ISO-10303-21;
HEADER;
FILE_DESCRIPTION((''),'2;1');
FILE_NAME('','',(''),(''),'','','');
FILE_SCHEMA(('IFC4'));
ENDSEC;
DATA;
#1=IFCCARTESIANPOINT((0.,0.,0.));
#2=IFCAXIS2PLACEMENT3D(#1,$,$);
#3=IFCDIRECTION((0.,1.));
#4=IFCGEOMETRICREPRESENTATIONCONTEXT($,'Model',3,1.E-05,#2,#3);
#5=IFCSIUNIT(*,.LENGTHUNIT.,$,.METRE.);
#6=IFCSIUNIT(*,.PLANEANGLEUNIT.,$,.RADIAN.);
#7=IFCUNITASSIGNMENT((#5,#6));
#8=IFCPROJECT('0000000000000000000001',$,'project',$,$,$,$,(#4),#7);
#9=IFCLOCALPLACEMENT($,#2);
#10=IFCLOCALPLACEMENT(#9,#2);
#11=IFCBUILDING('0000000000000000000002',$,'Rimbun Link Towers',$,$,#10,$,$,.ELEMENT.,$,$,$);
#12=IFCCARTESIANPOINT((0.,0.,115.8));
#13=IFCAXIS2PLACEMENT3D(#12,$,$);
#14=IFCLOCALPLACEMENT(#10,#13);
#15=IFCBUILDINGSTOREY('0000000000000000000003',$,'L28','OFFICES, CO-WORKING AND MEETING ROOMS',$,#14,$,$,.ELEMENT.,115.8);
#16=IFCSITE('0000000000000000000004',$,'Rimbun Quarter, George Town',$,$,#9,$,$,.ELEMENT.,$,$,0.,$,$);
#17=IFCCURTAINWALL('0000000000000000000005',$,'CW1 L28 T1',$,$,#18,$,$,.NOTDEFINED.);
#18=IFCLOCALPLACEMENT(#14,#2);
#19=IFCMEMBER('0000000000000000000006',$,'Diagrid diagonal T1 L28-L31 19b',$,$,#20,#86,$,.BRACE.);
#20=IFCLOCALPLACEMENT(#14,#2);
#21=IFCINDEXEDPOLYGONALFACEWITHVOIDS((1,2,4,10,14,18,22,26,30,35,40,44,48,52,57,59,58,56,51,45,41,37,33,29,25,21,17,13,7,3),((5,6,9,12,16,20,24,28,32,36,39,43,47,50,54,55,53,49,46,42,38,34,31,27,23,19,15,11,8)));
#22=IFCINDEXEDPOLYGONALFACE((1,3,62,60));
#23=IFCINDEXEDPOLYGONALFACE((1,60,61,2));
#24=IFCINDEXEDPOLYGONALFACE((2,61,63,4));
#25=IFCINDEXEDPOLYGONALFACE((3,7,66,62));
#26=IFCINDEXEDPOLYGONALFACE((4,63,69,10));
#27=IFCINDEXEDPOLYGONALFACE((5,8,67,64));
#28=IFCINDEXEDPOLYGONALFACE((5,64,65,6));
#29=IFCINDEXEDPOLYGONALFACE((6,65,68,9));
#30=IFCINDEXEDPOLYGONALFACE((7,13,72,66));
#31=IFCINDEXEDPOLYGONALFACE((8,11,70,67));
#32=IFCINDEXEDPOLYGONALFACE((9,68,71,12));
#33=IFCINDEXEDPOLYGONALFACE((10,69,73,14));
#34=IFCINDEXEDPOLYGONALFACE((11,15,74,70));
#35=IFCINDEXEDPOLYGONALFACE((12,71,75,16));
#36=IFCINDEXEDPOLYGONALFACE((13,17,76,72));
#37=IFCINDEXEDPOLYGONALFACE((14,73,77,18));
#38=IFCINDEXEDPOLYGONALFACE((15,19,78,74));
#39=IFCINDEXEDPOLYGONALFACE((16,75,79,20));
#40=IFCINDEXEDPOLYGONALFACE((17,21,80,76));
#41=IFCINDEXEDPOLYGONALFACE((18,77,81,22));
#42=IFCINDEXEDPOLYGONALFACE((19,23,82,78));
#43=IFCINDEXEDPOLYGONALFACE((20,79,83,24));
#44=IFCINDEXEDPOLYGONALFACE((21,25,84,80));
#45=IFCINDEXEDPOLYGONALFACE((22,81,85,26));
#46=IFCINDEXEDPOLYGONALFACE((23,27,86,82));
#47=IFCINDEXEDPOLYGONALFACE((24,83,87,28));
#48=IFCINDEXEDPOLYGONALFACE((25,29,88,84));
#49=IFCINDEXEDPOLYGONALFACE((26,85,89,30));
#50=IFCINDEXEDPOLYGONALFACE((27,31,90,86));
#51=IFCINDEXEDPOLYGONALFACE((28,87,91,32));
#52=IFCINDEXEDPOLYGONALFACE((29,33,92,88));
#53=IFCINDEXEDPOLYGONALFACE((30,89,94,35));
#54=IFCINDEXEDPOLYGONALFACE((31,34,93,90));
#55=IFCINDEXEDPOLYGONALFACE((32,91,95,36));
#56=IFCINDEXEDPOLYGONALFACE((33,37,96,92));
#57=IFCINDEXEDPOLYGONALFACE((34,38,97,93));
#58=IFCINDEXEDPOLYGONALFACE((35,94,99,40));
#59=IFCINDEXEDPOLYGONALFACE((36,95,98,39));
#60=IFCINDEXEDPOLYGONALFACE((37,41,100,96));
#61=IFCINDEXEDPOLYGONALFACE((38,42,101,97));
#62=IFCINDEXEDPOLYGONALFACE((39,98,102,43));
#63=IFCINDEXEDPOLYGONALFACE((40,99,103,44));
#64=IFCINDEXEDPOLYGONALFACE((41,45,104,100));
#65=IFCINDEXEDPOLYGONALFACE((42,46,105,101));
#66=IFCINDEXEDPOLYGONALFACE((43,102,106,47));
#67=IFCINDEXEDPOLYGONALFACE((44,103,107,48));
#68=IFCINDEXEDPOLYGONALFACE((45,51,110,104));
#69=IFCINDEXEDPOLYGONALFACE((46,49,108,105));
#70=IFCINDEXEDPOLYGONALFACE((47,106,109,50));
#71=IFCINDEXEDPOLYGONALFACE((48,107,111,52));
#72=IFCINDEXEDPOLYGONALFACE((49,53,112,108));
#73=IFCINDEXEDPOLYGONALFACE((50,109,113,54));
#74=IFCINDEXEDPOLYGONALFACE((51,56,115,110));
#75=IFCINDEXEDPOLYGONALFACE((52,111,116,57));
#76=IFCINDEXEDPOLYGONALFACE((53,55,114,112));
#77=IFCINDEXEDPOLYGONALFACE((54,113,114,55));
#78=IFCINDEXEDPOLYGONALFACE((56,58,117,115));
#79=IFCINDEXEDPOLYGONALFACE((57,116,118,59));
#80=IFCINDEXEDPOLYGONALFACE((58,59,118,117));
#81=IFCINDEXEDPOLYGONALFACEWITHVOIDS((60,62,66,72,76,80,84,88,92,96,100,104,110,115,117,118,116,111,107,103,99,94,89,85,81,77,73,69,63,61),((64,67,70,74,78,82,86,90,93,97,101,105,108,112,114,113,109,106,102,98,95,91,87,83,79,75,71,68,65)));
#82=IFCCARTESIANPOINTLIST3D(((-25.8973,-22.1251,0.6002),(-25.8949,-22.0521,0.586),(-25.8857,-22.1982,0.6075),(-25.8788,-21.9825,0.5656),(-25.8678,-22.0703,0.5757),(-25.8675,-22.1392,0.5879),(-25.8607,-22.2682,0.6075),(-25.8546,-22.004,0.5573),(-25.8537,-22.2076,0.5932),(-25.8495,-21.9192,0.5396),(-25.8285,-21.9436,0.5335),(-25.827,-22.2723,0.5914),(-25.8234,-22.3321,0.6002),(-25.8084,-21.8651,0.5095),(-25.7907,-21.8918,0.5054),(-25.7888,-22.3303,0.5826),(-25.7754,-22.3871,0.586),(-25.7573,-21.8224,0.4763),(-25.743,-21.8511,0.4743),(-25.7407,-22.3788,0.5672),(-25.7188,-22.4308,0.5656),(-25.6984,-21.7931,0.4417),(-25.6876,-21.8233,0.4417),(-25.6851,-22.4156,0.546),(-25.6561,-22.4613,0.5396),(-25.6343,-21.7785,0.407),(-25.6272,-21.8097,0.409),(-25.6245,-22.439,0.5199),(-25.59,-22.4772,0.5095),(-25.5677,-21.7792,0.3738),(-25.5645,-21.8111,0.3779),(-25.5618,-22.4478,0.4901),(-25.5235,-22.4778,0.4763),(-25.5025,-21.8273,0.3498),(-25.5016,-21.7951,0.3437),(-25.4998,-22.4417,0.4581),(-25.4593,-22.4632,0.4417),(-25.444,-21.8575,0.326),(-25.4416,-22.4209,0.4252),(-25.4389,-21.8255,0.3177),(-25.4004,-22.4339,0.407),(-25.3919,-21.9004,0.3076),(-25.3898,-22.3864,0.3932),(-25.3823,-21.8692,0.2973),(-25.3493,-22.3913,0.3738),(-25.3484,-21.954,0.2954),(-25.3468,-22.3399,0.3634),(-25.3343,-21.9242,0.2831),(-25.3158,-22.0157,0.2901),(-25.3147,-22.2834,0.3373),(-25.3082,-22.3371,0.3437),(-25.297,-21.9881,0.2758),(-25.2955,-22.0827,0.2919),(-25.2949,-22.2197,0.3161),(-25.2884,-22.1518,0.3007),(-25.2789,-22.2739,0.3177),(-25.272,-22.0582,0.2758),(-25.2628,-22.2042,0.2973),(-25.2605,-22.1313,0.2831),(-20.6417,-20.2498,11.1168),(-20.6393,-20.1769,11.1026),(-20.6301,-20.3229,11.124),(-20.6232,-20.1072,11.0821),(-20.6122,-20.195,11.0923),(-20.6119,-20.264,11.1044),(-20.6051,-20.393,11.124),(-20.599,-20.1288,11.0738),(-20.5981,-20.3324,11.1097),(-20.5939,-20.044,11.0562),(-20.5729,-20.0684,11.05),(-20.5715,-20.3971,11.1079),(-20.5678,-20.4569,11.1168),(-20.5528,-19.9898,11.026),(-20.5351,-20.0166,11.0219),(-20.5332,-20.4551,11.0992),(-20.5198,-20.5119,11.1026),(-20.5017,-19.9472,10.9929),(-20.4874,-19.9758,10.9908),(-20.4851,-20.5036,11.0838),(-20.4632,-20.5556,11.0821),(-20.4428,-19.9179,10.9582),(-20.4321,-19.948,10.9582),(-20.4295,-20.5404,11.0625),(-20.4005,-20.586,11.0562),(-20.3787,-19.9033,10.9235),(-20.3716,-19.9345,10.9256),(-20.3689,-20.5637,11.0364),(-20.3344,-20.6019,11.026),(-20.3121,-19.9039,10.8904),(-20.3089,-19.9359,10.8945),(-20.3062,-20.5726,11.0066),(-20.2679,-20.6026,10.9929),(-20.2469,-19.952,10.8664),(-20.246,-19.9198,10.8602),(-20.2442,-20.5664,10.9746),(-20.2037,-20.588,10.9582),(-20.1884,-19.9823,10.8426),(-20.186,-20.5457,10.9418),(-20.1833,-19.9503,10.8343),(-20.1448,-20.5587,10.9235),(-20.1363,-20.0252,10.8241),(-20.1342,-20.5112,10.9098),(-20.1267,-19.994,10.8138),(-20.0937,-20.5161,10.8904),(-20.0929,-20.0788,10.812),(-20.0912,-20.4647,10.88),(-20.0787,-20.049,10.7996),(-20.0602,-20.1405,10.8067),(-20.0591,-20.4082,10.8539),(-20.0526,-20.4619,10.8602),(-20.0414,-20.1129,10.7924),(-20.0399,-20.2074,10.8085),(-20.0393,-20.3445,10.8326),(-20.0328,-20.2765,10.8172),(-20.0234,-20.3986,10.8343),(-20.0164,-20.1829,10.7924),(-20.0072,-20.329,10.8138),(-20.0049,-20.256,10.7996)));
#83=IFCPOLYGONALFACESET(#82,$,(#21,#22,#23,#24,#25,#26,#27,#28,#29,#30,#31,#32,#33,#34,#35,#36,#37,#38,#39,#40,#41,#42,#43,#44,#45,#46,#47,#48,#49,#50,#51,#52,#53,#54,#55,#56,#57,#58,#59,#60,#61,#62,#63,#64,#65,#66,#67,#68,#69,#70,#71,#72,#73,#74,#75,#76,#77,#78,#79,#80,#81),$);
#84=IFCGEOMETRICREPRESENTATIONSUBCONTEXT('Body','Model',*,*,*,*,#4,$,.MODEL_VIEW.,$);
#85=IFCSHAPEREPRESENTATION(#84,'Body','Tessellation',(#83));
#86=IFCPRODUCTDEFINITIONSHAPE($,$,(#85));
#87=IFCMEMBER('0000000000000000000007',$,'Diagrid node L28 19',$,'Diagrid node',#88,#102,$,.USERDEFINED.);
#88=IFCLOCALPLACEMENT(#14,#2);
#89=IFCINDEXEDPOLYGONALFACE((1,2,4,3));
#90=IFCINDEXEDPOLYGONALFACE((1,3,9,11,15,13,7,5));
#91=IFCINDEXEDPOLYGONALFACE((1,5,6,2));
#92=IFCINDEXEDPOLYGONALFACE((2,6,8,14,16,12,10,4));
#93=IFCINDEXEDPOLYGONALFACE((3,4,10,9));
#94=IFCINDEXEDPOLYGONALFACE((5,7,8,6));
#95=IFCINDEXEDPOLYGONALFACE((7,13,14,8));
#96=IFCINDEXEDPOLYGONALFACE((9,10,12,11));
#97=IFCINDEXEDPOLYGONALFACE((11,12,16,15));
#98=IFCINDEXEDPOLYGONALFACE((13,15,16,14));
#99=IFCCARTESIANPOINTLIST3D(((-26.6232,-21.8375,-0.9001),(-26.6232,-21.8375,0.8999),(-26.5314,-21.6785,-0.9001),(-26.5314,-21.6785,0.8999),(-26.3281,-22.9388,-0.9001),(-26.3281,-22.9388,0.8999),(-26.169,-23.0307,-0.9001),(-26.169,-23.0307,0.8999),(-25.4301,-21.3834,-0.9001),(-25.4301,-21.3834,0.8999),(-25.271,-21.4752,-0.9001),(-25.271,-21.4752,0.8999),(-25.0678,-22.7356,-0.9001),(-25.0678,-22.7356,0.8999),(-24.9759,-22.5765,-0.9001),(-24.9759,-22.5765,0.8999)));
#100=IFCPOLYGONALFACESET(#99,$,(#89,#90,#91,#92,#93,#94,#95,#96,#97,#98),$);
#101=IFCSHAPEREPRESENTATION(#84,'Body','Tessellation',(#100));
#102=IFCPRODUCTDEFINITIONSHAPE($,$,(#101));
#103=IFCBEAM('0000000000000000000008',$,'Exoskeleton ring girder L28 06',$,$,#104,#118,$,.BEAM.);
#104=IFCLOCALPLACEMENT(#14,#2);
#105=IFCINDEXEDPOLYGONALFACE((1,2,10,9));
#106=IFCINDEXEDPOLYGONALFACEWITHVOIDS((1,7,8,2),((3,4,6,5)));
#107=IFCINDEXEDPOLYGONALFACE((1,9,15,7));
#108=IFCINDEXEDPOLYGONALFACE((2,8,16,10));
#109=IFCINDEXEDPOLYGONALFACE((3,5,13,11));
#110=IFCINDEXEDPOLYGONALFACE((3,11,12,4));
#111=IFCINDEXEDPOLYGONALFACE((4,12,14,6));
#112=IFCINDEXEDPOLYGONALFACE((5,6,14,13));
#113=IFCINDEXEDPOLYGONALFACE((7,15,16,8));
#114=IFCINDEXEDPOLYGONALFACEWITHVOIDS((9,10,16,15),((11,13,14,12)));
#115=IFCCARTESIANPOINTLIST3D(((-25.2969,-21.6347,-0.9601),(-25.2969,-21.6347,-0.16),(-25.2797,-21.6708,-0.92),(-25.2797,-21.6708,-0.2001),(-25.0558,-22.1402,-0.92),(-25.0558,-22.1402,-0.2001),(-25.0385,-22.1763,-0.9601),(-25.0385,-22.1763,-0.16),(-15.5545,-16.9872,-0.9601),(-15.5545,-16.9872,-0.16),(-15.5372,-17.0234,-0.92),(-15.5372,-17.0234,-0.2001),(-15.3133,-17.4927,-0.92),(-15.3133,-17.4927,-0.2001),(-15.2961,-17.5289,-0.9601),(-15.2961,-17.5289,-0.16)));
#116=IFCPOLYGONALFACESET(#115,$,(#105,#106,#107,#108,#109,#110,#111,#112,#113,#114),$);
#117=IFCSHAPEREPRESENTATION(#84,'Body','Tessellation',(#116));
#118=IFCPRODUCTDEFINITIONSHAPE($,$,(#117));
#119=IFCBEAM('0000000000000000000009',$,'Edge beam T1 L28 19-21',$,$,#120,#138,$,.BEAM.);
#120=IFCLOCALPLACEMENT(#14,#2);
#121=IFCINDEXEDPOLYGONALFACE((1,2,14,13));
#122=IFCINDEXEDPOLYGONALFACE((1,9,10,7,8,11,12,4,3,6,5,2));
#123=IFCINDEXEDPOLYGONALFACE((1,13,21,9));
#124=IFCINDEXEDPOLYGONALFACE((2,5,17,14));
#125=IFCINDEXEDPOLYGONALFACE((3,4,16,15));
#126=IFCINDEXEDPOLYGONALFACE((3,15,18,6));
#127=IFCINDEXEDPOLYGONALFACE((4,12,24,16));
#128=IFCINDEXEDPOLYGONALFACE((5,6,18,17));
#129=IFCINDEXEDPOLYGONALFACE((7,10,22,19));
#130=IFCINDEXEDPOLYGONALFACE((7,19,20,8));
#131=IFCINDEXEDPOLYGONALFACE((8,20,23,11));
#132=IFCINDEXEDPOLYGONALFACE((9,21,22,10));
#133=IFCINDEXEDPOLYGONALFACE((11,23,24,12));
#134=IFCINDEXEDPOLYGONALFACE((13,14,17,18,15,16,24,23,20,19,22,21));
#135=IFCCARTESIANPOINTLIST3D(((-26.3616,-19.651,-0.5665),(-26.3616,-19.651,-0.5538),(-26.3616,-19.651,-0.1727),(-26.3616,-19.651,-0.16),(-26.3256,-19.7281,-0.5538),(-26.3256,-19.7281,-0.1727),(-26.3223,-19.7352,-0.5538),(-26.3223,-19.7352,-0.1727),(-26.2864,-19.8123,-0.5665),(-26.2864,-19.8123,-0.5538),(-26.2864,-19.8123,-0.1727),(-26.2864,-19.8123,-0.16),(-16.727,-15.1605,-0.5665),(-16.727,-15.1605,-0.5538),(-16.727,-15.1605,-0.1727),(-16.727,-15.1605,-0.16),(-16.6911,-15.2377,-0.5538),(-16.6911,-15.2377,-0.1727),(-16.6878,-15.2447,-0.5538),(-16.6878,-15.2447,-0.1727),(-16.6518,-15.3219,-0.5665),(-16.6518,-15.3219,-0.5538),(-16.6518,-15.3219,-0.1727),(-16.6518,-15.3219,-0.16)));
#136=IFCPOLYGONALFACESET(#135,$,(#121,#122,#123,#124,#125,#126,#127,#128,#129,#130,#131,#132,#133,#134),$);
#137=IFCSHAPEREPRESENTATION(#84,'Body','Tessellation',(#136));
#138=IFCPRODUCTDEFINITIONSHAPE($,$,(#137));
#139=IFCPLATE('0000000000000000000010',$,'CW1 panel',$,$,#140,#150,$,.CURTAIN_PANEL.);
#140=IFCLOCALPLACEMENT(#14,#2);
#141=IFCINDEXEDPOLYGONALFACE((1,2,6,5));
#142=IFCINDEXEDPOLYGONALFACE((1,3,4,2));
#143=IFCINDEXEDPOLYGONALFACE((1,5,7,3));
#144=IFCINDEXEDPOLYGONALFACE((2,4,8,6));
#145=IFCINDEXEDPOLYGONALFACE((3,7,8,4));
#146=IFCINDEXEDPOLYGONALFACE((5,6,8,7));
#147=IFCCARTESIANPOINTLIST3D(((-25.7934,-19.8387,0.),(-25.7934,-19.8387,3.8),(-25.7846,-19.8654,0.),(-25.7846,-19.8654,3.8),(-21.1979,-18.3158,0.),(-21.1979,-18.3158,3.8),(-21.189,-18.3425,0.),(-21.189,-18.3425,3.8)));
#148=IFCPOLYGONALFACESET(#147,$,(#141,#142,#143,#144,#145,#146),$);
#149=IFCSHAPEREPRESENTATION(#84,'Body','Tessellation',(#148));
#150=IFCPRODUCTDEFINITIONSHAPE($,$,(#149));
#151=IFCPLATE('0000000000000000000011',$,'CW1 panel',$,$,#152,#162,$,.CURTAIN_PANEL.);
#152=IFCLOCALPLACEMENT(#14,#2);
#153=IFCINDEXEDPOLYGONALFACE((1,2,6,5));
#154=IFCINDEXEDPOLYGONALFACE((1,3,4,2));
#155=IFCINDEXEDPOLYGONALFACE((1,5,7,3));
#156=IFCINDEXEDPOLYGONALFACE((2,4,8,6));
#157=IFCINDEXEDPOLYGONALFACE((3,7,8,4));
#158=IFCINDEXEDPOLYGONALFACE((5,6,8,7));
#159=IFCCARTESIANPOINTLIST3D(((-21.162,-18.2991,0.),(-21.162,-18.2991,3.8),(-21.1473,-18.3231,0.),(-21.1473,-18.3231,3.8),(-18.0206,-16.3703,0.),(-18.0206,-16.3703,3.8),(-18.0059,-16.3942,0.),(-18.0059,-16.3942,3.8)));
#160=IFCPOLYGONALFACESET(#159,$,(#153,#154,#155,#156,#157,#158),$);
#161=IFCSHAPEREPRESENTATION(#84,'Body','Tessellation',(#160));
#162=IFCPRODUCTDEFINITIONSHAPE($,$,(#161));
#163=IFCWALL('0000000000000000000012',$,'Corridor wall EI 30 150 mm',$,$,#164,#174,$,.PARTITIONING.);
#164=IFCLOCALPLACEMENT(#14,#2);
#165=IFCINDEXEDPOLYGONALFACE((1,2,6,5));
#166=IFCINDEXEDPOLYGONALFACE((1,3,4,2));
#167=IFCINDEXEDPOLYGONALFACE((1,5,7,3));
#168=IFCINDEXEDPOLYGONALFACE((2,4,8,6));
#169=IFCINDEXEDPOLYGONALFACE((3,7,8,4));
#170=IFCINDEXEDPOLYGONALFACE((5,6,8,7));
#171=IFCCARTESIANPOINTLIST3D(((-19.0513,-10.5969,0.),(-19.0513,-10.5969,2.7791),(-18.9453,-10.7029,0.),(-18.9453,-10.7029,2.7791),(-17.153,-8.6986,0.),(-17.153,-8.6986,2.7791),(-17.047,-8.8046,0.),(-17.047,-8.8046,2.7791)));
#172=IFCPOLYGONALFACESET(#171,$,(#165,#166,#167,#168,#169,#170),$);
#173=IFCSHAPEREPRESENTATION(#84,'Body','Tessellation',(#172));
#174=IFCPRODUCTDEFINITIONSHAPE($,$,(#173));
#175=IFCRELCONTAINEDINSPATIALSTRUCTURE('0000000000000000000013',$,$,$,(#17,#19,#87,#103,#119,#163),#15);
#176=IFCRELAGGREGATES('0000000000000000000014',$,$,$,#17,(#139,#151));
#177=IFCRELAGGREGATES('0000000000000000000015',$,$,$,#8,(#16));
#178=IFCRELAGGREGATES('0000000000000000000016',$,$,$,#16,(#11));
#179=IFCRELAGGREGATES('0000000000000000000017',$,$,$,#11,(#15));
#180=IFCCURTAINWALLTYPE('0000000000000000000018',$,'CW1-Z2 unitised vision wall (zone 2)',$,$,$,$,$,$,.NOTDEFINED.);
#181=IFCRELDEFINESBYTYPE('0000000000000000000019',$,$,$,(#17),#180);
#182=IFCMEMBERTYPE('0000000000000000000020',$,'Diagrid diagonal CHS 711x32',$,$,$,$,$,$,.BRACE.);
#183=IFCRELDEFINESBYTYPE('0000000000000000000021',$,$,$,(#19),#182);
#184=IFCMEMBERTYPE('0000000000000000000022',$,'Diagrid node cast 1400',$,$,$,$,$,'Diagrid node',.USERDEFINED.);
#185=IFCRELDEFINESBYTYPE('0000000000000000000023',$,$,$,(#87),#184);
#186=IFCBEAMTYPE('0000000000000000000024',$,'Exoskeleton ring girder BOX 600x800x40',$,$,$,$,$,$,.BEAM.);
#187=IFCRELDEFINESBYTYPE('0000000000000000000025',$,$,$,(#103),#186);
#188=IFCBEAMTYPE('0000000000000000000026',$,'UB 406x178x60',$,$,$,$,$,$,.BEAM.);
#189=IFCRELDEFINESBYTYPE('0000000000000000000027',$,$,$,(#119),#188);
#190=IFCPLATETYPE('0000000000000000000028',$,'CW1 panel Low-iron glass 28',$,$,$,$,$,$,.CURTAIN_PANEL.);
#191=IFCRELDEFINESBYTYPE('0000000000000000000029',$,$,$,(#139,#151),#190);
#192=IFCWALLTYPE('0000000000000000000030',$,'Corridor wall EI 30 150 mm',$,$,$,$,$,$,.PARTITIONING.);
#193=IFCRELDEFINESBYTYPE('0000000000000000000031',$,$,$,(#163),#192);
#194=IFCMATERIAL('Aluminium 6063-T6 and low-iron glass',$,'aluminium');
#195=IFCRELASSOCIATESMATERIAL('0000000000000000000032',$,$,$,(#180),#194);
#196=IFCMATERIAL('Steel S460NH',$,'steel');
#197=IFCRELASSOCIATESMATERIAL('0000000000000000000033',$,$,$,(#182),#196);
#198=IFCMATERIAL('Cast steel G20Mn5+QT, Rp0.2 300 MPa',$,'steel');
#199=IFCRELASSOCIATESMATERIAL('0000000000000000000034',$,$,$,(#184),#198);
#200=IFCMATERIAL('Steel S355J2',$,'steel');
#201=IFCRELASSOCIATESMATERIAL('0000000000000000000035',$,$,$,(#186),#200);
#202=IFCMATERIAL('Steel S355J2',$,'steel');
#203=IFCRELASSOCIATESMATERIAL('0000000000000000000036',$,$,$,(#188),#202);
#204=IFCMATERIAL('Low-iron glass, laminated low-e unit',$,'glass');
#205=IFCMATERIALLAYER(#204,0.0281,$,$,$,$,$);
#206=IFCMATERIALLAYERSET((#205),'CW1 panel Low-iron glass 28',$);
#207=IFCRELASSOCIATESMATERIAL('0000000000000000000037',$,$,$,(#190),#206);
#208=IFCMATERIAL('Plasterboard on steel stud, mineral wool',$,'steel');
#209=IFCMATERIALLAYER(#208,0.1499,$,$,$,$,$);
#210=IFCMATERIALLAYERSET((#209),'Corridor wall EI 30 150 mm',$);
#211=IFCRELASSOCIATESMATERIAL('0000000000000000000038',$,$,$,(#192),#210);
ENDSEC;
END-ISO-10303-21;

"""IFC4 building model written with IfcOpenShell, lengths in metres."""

from ifc_helpers import new_model, si_unit, direction, frame, frame_2d, origin, origin_2d, place, context, subcontext, project, spatial, polyline, rectangle, hollow_rectangle, hollow_circle, i_section, outline, extrude, material, layer, layer_set, material_profile, profile_set, type_object, element, aggregate, save


model = new_model("IFC4")

# Units and contexts
model_context = context("Model", 3, precision=1e-05, world=origin(), true_north=direction((0.0, 1.0)))
body_context = subcontext(model_context, "Body", "Model", "MODEL_VIEW")
ifc_project = project(units=[si_unit("LENGTHUNIT", "METRE"), si_unit("PLANEANGLEUNIT", "RADIAN")], contexts=[model_context])

# Site, building, storey
site_placement = place(None, origin())
site = spatial("IfcSite", under=ifc_project, at=site_placement, Name="Rimbun Quarter, George Town", CompositionType="ELEMENT", RefElevation=0.0)
building_placement = place(site_placement, origin())
building = spatial("IfcBuilding", under=site, at=building_placement, Name="Rimbun Link Towers", CompositionType="ELEMENT")
storey_placement = place(building_placement, frame((0.0, 0.0, 115.8)))
storey = spatial("IfcBuildingStorey", under=building, at=storey_placement, Name="L28", Description="OFFICES, CO-WORKING AND MEETING ROOMS", CompositionType="ELEMENT", Elevation=115.8)

# Curtain wall
ifc_material_1 = material(Name="Aluminium 6063-T6 and low-iron glass", Category="aluminium")
curtain_wall_type = type_object("IfcCurtainWallType", Name="CW1-Z2 unitised vision wall (zone 2)", PredefinedType="NOTDEFINED", material=ifc_material_1)
curtain_wall_placement = place(storey_placement, origin())
curtain_wall = element("IfcCurtainWall", 1, at=curtain_wall_placement, inside=storey, type_object=curtain_wall_type, Name="CW1 L28 T1", PredefinedType="NOTDEFINED")

# Members
ifc_material_2 = material(Name="Steel S460NH", Category="steel")
ifc_material_profile_1 = material_profile(ifc_material_2, hollow_circle(Radius=0.3557, WallThickness=0.032, at=origin_2d()), Name="Diagrid diagonal CHS 711x32")
ifc_profile_set_1 = profile_set([ifc_material_profile_1], Name="Steel S460NH")
member_type_1 = type_object("IfcMemberType", Name="Diagrid diagonal CHS 711x32", PredefinedType="BRACE", material=ifc_profile_set_1)
member_1_placement = place(storey_placement, frame((-25.5789, -22.1282, 0.4417), z_axis=(0.441451, 0.157513, 0.883352), x_axis=(-0.336056, 0.941842, 0.0)))
element("IfcMember", 2, at=member_1_placement, inside=storey, type_object=member_type_1, Name="Diagrid diagonal T1 L28-L31 19b", PredefinedType="BRACE", context=body_context, shape_type="SweptSolid", body=[
    extrude(hollow_circle(Radius=0.3557, WallThickness=0.032, at=origin_2d()), origin(), (0.0, 0.0, 1.0), 11.9053),
])
ifc_material_3 = material(Name="Cast steel G20Mn5+QT, Rp0.2 300 MPa", Category="steel")
ifc_material_profile_2 = material_profile(ifc_material_3, outline(polyline([(0.7, -0.5701), (0.7, 0.5701), (0.5701, 0.7), (-0.5701, 0.7), (-0.7, 0.5701), (-0.7, -0.5701), (-0.5701, -0.7), (0.5701, -0.7), (0.7, -0.5701)])), Name="NODE 1400x1400")
ifc_profile_set_2 = profile_set([ifc_material_profile_2], Name="Cast steel G20Mn5+QT, Rp0.2 300 MPa")
member_type_2 = type_object("IfcMemberType", Name="Diagrid node cast 1400", ElementType="Diagrid node", PredefinedType="USERDEFINED", material=ifc_profile_set_2)
member_2_placement = place(storey_placement, frame((-25.7996, -22.207, -0.9001), z_axis=(0.0, 0.0, 1.0), x_axis=(0.258819, -0.965926, 0.0)))
element("IfcMember", 3, at=member_2_placement, inside=storey, type_object=member_type_2, Name="Diagrid node L28 19", ObjectType="Diagrid node", PredefinedType="USERDEFINED", context=body_context, shape_type="SweptSolid", body=[
    extrude(outline(polyline([(0.7, -0.5701), (0.7, 0.5701), (0.5701, 0.7), (-0.5701, 0.7), (-0.7, 0.5701), (-0.7, -0.5701), (-0.5701, -0.7), (0.5701, -0.7), (0.7, -0.5701)])), origin(), (0.0, 0.0, 1.0), 1.8),
])

# Beams
ifc_material_4 = material(Name="Steel S355J2", Category="steel")
ifc_material_profile_3 = material_profile(ifc_material_4, hollow_rectangle(XDim=0.6001, YDim=0.8, WallThickness=0.04, at=origin_2d()), Name="Exoskeleton ring girder BOX 600x800x40")
ifc_profile_set_3 = profile_set([ifc_material_profile_3], Name="Steel S355J2")
beam_type_1 = type_object("IfcBeamType", Name="Exoskeleton ring girder BOX 600x800x40", PredefinedType="BEAM", material=ifc_profile_set_3)
beam_1_placement = place(storey_placement, frame((-25.1677, -21.9055, -0.5601), z_axis=(0.902565, 0.430553, 0.0), x_axis=(-0.430553, 0.902565, 0.0)))
element("IfcBeam", 4, at=beam_1_placement, inside=storey, type_object=beam_type_1, Name="Exoskeleton ring girder L28 06", PredefinedType="BEAM", context=body_context, shape_type="SweptSolid", body=[
    extrude(hollow_rectangle(XDim=0.6001, YDim=0.8, WallThickness=0.04, at=origin_2d()), origin(), (0.0, 0.0, 1.0), 10.7942),
])
ifc_material_5 = material(Name="Steel S355J2", Category="steel")
ifc_material_profile_4 = material_profile(ifc_material_5, i_section(OverallWidth=0.178, OverallDepth=0.4065, WebThickness=0.0078, FlangeThickness=0.0127, at=origin_2d()), Name="UB 406x178x60")
ifc_profile_set_4 = profile_set([ifc_material_profile_4], Name="Steel S355J2")
beam_type_2 = type_object("IfcBeamType", Name="UB 406x178x60", PredefinedType="BEAM", material=ifc_profile_set_4)
beam_2_placement = place(storey_placement, frame((-26.324, -19.7317, -0.3633), z_axis=(0.906386, 0.42245, 0.0), x_axis=(-0.42245, 0.906386, 0.0)))
element("IfcBeam", 5, at=beam_2_placement, inside=storey, type_object=beam_type_2, Name="Edge beam T1 L28 19-21", PredefinedType="BEAM", context=body_context, shape_type="SweptSolid", body=[
    extrude(i_section(OverallWidth=0.178, OverallDepth=0.4065, WebThickness=0.0078, FlangeThickness=0.0127, at=origin_2d()), origin(), (0.0, 0.0, 1.0), 10.6296),
])

# Plates
ifc_material_6 = material(Name="Low-iron glass, laminated low-e unit", Category="glass")
ifc_layer_1 = layer(ifc_material_6, 0.0281)
ifc_layer_set_1 = layer_set([ifc_layer_1], Name="CW1 panel Low-iron glass 28")
plate_type = type_object("IfcPlateType", Name="CW1 panel Low-iron glass 28", PredefinedType="CURTAIN_PANEL", material=ifc_layer_set_1)
plate_1_placement = place(storey_placement, frame((-23.4912, -19.0906, 0.0), z_axis=(0.0, 0.0, 1.0), x_axis=(-0.949236, -0.314563, 0.0)))
plate_1 = element("IfcPlate", 6, at=plate_1_placement, type_object=plate_type, Name="CW1 panel", PredefinedType="CURTAIN_PANEL", context=body_context, shape_type="SweptSolid", body=[
    extrude(rectangle(XDim=4.8413, YDim=0.0281, at=origin_2d()), origin(), (0.0, 0.0, 1.0), 3.8),
])
plate_2_placement = place(storey_placement, frame((-19.584, -17.3467, 0.0), z_axis=(0.0, 0.0, 1.0), x_axis=(-0.852183, -0.523243, 0.0)))
plate_2 = element("IfcPlate", 7, at=plate_2_placement, type_object=plate_type, Name="CW1 panel", PredefinedType="CURTAIN_PANEL", context=body_context, shape_type="SweptSolid", body=[
    extrude(rectangle(XDim=3.6863, YDim=0.0281, at=origin_2d()), origin(), (0.0, 0.0, 1.0), 3.8),
])
aggregate(curtain_wall, [plate_1, plate_2])

# Wall
ifc_material_7 = material(Name="Plasterboard on steel stud, mineral wool", Category="steel")
ifc_layer_2 = layer(ifc_material_7, 0.1499)
ifc_layer_set_2 = layer_set([ifc_layer_2], Name="Corridor wall EI 30 150 mm")
wall_type_1 = type_object("IfcWallType", Name="Corridor wall EI 30 150 mm", PredefinedType="PARTITIONING", material=ifc_layer_set_2)
wall_1_placement = place(storey_placement, frame((-18.9983, -10.6499, 0.0), z_axis=(0.0, 0.0, 1.0), x_axis=(0.707107, 0.707107, 0.0)))
element("IfcWall", 8, at=wall_1_placement, inside=storey, type_object=wall_type_1, Name="Corridor wall EI 30 150 mm", PredefinedType="PARTITIONING", context=body_context, shape_type="SweptSolid", body=[
    extrude(rectangle(XDim=2.6846, YDim=0.1499, at=frame_2d((1.3423, 0.0))), origin(), (0.0, 0.0, 1.0), 2.7791),
])

save(model, "model.ifc")
